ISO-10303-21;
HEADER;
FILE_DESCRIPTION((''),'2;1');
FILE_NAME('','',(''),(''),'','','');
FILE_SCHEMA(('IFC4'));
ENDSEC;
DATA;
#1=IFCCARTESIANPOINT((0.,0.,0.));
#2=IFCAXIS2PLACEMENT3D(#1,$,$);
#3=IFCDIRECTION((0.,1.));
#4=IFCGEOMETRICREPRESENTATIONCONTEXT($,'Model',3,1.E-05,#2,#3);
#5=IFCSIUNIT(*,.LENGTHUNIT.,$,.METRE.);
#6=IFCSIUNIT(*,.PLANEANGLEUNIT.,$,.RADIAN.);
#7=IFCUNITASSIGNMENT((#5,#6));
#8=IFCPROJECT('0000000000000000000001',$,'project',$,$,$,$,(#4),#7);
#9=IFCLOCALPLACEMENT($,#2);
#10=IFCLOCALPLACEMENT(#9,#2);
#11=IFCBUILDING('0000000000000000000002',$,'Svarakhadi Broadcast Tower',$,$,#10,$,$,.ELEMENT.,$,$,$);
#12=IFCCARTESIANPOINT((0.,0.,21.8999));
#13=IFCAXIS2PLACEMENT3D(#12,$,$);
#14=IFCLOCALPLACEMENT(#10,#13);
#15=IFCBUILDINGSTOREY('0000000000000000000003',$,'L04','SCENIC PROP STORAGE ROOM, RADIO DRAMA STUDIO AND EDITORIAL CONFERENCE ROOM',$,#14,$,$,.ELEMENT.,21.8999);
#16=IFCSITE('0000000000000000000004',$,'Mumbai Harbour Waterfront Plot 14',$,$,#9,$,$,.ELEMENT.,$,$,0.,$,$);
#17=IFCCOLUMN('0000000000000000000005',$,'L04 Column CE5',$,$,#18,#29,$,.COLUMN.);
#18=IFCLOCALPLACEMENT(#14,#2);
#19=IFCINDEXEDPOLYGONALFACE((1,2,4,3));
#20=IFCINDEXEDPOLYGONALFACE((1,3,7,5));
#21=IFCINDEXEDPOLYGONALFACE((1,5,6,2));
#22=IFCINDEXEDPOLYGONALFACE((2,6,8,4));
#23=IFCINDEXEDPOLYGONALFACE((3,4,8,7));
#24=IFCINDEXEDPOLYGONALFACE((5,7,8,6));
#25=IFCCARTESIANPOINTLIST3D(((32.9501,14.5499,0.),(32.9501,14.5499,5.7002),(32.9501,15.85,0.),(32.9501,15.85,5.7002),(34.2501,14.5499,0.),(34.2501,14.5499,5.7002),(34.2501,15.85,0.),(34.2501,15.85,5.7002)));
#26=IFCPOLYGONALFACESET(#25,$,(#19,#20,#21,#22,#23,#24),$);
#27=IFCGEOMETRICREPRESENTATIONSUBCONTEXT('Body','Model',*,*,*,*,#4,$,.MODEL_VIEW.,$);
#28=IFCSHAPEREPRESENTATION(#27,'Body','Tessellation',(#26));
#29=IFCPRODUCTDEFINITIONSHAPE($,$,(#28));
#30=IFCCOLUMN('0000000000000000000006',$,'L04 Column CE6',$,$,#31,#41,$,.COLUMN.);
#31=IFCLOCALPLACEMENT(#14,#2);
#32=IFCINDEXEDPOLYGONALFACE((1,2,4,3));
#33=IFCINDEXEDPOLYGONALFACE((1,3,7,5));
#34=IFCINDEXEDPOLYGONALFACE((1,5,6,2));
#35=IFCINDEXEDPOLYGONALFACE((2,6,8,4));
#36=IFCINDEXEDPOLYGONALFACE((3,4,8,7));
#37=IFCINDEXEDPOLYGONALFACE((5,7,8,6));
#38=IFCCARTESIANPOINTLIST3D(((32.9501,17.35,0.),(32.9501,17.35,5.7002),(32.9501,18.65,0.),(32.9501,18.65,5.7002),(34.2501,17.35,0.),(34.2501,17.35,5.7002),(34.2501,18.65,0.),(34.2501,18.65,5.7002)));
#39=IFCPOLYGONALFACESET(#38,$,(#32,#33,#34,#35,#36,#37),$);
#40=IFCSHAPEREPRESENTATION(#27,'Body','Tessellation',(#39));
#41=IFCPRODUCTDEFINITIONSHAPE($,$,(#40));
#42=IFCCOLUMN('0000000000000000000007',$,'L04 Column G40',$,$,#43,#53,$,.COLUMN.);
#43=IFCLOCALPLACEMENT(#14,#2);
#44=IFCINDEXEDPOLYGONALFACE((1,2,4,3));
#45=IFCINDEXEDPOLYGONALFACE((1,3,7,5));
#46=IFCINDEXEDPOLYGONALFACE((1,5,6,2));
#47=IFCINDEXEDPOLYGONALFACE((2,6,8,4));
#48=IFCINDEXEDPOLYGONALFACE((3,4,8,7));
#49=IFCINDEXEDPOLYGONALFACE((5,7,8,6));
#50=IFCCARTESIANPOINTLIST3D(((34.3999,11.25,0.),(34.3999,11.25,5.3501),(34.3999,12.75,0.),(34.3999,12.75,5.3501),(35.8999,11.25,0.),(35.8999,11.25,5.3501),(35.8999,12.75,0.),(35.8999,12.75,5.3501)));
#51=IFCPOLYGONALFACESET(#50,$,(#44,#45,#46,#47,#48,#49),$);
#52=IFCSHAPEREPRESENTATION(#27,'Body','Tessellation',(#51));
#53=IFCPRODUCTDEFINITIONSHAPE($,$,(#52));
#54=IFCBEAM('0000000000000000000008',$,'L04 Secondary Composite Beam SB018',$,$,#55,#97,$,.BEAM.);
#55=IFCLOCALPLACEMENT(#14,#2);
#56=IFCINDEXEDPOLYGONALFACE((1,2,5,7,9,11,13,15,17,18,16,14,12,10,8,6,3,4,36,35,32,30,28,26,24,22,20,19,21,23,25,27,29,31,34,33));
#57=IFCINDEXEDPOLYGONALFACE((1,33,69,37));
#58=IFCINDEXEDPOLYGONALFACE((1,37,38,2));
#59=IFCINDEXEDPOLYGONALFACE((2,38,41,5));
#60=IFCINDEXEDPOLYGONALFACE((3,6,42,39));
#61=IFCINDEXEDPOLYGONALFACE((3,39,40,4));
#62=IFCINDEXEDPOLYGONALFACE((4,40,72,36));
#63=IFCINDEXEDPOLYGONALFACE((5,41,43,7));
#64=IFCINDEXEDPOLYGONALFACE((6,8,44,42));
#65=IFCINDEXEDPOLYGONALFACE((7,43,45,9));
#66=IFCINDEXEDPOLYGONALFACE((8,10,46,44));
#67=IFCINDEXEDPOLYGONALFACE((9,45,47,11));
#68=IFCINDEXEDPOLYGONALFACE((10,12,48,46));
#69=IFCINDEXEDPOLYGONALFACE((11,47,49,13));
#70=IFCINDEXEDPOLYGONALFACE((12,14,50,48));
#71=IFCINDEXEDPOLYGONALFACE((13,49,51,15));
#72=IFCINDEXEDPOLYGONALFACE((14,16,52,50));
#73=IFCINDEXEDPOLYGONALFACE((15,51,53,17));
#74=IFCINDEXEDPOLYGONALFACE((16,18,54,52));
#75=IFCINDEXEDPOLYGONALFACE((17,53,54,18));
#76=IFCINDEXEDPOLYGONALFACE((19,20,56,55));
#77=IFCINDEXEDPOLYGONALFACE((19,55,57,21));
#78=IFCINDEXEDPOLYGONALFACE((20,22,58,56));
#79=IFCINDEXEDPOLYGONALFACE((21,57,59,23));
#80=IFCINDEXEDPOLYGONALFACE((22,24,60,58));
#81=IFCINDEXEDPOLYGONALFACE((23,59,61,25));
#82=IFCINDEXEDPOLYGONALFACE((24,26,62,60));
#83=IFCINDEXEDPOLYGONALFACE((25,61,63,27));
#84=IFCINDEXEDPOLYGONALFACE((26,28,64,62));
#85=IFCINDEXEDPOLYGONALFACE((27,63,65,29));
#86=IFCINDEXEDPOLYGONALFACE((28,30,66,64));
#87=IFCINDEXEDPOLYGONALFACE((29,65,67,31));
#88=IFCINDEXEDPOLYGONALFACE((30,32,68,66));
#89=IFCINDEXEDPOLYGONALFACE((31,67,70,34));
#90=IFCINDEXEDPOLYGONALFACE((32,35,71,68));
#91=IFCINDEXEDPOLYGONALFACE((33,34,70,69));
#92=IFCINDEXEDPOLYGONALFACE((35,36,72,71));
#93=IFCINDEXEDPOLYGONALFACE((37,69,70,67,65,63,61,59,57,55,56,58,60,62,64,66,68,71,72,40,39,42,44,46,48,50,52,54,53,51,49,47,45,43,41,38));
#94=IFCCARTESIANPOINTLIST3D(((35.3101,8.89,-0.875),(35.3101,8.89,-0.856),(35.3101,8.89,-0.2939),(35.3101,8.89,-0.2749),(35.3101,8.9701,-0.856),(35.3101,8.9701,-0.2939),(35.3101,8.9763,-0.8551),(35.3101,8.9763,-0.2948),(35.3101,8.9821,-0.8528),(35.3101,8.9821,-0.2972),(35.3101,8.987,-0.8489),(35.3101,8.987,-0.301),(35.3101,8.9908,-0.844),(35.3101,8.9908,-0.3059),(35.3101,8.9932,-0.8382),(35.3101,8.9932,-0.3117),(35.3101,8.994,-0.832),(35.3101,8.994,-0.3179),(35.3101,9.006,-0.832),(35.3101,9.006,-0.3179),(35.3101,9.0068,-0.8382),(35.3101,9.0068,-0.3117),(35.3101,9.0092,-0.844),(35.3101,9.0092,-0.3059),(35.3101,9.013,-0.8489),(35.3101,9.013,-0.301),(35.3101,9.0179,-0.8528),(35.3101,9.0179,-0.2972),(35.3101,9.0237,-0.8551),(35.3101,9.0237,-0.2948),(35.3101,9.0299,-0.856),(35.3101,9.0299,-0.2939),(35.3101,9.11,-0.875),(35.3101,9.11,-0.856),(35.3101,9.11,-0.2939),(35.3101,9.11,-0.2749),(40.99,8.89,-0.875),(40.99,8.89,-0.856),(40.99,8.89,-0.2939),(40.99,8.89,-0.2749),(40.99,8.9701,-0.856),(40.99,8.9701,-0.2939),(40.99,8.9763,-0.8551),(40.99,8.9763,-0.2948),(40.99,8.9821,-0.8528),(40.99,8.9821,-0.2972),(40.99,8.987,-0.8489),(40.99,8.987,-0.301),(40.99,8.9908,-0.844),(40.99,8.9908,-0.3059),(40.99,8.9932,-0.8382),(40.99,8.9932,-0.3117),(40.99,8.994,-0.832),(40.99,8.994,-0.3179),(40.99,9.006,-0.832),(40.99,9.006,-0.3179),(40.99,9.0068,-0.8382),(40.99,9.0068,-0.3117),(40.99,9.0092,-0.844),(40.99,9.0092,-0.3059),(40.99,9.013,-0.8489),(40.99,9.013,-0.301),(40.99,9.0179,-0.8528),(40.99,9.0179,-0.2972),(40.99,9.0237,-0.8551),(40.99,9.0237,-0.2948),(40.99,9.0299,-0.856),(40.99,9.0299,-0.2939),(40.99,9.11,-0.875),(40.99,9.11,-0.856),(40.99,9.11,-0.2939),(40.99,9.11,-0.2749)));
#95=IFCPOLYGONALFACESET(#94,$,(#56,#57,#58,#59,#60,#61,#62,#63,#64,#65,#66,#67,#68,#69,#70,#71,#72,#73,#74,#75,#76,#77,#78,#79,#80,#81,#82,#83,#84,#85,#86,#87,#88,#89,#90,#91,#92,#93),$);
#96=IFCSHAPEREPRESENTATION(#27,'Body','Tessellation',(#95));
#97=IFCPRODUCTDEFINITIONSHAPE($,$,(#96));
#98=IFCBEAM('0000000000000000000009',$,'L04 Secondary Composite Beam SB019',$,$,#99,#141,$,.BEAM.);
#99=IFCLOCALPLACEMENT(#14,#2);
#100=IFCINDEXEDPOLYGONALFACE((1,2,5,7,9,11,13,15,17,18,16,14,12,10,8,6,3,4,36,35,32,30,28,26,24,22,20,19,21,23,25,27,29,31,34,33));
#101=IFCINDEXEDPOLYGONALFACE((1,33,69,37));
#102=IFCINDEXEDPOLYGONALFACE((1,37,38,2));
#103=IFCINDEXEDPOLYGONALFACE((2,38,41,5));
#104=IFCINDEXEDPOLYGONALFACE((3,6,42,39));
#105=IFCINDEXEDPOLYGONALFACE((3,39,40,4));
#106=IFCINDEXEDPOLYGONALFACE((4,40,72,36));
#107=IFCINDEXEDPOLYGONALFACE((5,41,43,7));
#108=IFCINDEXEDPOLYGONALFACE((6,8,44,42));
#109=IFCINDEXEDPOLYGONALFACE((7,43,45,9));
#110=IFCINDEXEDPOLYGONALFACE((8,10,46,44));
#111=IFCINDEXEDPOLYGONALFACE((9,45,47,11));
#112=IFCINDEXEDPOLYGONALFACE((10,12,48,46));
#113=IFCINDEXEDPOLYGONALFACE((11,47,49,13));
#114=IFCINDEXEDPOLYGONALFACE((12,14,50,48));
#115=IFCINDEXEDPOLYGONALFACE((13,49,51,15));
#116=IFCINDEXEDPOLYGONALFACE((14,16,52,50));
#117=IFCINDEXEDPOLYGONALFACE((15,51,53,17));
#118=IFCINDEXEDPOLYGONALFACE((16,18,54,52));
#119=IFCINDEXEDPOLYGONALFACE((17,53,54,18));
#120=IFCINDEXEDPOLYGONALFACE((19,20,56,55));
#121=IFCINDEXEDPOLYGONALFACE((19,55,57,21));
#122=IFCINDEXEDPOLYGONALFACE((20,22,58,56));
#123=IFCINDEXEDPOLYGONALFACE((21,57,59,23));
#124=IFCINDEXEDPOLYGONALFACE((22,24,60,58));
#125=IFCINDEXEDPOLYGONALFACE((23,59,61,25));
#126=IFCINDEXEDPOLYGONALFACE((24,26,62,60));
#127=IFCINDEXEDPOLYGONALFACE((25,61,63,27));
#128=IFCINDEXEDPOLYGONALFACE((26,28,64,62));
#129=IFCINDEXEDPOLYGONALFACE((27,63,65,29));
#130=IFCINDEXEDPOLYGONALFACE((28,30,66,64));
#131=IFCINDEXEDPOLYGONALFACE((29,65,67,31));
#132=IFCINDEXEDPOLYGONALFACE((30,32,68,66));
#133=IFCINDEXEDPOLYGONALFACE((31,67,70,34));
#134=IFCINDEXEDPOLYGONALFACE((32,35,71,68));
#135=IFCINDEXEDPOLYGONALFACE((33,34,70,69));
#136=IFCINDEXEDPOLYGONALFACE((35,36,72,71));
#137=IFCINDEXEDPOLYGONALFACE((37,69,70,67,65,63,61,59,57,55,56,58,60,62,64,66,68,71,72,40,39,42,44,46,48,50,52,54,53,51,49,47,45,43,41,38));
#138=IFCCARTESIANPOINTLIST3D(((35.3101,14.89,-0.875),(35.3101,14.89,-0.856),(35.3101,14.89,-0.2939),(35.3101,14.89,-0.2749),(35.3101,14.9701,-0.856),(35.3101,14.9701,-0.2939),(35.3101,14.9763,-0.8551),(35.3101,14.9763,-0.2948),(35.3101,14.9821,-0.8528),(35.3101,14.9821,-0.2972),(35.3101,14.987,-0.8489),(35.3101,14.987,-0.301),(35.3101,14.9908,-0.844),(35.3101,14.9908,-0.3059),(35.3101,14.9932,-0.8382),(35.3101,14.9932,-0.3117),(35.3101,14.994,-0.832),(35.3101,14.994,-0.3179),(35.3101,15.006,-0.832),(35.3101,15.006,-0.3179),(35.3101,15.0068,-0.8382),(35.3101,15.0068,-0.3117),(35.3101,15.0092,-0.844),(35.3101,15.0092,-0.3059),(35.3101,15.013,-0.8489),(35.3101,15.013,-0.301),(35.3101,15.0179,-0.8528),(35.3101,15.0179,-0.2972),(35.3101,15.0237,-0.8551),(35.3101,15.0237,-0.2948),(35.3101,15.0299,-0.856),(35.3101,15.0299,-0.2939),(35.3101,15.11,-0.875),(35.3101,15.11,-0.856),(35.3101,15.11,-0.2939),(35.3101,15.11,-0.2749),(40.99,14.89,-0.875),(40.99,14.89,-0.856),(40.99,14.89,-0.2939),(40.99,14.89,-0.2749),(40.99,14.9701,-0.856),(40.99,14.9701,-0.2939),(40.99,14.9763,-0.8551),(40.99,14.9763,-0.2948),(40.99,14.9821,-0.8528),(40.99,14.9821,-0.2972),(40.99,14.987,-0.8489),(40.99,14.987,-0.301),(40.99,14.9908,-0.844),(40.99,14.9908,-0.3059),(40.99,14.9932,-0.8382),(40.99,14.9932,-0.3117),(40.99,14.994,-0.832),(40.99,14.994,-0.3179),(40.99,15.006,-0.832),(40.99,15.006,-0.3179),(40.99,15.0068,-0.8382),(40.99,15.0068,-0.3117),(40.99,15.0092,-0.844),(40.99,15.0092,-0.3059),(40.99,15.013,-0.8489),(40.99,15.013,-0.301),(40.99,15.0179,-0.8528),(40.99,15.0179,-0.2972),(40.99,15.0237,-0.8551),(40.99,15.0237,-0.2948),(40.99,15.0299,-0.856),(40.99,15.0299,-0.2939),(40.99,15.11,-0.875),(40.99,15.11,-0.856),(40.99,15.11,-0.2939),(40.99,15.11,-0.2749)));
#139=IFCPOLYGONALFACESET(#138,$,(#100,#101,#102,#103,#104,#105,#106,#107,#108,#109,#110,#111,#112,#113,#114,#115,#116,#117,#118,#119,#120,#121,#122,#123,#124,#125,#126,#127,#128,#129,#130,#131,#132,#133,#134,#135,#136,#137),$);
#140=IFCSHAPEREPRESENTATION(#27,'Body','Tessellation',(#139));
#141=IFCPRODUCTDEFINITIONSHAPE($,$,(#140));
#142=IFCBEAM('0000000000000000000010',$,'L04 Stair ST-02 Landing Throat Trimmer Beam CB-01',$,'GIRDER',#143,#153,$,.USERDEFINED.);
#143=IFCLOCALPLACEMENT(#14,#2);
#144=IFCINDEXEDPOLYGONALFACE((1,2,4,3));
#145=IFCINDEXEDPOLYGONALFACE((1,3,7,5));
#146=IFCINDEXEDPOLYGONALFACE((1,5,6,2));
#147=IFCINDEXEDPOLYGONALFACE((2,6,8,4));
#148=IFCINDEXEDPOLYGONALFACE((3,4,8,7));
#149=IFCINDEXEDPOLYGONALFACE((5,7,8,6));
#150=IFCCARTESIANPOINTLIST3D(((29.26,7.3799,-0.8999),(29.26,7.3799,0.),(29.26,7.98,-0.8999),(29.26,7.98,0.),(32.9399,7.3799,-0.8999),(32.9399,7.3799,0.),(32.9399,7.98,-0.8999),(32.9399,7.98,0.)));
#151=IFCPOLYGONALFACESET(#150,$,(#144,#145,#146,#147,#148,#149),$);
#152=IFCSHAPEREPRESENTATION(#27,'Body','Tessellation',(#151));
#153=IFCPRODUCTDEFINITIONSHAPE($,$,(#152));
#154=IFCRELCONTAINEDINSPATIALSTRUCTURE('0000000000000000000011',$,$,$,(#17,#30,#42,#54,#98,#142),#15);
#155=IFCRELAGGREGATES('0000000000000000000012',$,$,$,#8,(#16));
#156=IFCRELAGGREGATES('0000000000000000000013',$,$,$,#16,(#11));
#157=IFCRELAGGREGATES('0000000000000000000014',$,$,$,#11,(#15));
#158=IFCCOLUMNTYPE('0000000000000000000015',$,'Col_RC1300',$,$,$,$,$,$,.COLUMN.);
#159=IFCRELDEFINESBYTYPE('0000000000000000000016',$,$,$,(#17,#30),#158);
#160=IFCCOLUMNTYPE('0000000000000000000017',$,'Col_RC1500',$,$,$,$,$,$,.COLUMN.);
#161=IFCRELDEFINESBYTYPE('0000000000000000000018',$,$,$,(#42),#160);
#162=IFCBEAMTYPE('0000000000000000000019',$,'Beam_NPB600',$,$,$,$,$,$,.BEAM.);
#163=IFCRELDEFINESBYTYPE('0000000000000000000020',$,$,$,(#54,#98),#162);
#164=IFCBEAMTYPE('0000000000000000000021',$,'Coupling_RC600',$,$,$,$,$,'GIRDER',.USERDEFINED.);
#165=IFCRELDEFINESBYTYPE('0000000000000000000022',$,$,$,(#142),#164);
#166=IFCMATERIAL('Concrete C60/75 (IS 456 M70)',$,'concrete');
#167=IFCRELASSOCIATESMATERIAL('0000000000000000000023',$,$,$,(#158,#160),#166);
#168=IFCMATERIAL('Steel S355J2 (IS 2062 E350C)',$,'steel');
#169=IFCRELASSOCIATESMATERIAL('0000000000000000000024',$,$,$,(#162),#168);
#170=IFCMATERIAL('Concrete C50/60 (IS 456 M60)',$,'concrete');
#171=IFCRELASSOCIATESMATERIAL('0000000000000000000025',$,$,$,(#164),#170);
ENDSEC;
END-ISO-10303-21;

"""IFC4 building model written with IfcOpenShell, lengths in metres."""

from ifc_helpers import new_model, si_unit, direction, frame, origin, origin_2d, place, context, subcontext, project, spatial, rectangle, i_section, extrude, material, material_profile, profile_set, type_object, element, save


model = new_model("IFC4")

# Units and contexts
model_context = context("Model", 3, precision=1e-05, world=origin(), true_north=direction((0.0, 1.0)))
body_context = subcontext(model_context, "Body", "Model", "MODEL_VIEW")
ifc_project = project(units=[si_unit("LENGTHUNIT", "METRE"), si_unit("PLANEANGLEUNIT", "RADIAN")], contexts=[model_context])

# Site, building, storey
site_placement = place(None, origin())
site = spatial("IfcSite", under=ifc_project, at=site_placement, Name="Mumbai Harbour Waterfront Plot 14", CompositionType="ELEMENT", RefElevation=0.0)
building_placement = place(site_placement, origin())
building = spatial("IfcBuilding", under=site, at=building_placement, Name="Svarakhadi Broadcast Tower", CompositionType="ELEMENT")
storey_placement = place(building_placement, frame((0.0, 0.0, 21.8999)))
storey = spatial("IfcBuildingStorey", under=building, at=storey_placement, Name="L04", Description="SCENIC PROP STORAGE ROOM, RADIO DRAMA STUDIO AND EDITORIAL CONFERENCE ROOM", CompositionType="ELEMENT", Elevation=21.8999)

# Columns
ifc_material_1 = material(Name="Concrete C60/75 (IS 456 M70)", Category="concrete")
ifc_material_profile_1 = material_profile(ifc_material_1, rectangle(XDim=1.3, YDim=1.3, at=origin_2d()), Name="RC 1300x1300")
ifc_profile_set_1 = profile_set([ifc_material_profile_1], Name="Concrete C60/75 (IS 456 M70)")
column_type_1 = type_object("IfcColumnType", Name="Col_RC1300", PredefinedType="COLUMN", material=ifc_profile_set_1)
for number, where, z_axis, x_axis, name in (
    (1, (33.6001, 15.2, 0.0), (0.0, 0.0, 1.0), (1.0, 0.0, 0.0), "L04 Column CE5"),
    (2, (33.6001, 18.0, 0.0), (0.0, 0.0, 1.0), (1.0, 0.0, 0.0), "L04 Column CE6"),
):
    element("IfcColumn", number, at=place(storey_placement, frame(where, z_axis=z_axis, x_axis=x_axis)), inside=storey, type_object=column_type_1, Name=name, PredefinedType="COLUMN", context=body_context, shape_type="SweptSolid", body=[
        extrude(rectangle(XDim=1.3, YDim=1.3, at=origin_2d()), origin(), (0.0, 0.0, 1.0), 5.7002),
    ])
ifc_material_profile_2 = material_profile(ifc_material_1, rectangle(XDim=1.5, YDim=1.5, at=origin_2d()), Name="RC 1500x1500")
ifc_profile_set_2 = profile_set([ifc_material_profile_2], Name="Concrete C60/75 (IS 456 M70)")
column_type_2 = type_object("IfcColumnType", Name="Col_RC1500", PredefinedType="COLUMN", material=ifc_profile_set_2)
column_placement = place(storey_placement, frame((35.1499, 12.0, 0.0), z_axis=(0.0, 0.0, 1.0), x_axis=(1.0, 0.0, 0.0)))
element("IfcColumn", 3, at=column_placement, inside=storey, type_object=column_type_2, Name="L04 Column G40", PredefinedType="COLUMN", context=body_context, shape_type="SweptSolid", body=[
    extrude(rectangle(XDim=1.5, YDim=1.5, at=origin_2d()), origin(), (0.0, 0.0, 1.0), 5.3501),
])

# Beams
ifc_material_2 = material(Name="Steel S355J2 (IS 2062 E350C)", Category="steel")
ifc_material_profile_3 = material_profile(ifc_material_2, i_section(OverallWidth=0.22, OverallDepth=0.6001, WebThickness=0.012, FlangeThickness=0.019, FilletRadius=0.0239, at=origin_2d()), Name="NPB 600x220x122")
ifc_profile_set_3 = profile_set([ifc_material_profile_3], Name="Steel S355J2 (IS 2062 E350C)")
beam_type_1 = type_object("IfcBeamType", Name="Beam_NPB600", PredefinedType="BEAM", material=ifc_profile_set_3)
for number, where, z_axis, x_axis, name in (
    (4, (35.3101, 9.0, -0.575), (1.0, 0.0, 0.0), (0.0, 1.0, 0.0), "L04 Secondary Composite Beam SB018"),
    (5, (35.3101, 15.0, -0.575), (1.0, 0.0, 0.0), (0.0, 1.0, 0.0), "L04 Secondary Composite Beam SB019"),
):
    element("IfcBeam", number, at=place(storey_placement, frame(where, z_axis=z_axis, x_axis=x_axis)), inside=storey, type_object=beam_type_1, Name=name, PredefinedType="BEAM", context=body_context, shape_type="SweptSolid", body=[
        extrude(i_section(OverallWidth=0.22, OverallDepth=0.6001, WebThickness=0.012, FlangeThickness=0.019, FilletRadius=0.0239, at=origin_2d()), origin(), (0.0, 0.0, 1.0), 5.6799),
    ])
ifc_material_3 = material(Name="Concrete C50/60 (IS 456 M60)", Category="concrete")
ifc_material_profile_4 = material_profile(ifc_material_3, rectangle(XDim=0.6001, YDim=0.8999, at=origin_2d()), Name="RC 600x900")
ifc_profile_set_4 = profile_set([ifc_material_profile_4], Name="Concrete C50/60 (IS 456 M60)")
beam_type_2 = type_object("IfcBeamType", Name="Coupling_RC600", ElementType="GIRDER", PredefinedType="USERDEFINED", material=ifc_profile_set_4)
beam_1_placement = place(storey_placement, frame((29.26, 7.6799, -0.45), z_axis=(1.0, 0.0, 0.0), x_axis=(0.0, 1.0, 0.0)))
element("IfcBeam", 6, at=beam_1_placement, inside=storey, type_object=beam_type_2, Name="L04 Stair ST-02 Landing Throat Trimmer Beam CB-01", ObjectType="GIRDER", PredefinedType="USERDEFINED", context=body_context, shape_type="SweptSolid", body=[
    extrude(rectangle(XDim=0.6001, YDim=0.8999, at=origin_2d()), origin(), (0.0, 0.0, 1.0), 3.6799),
])

save(model, "model.ifc")
